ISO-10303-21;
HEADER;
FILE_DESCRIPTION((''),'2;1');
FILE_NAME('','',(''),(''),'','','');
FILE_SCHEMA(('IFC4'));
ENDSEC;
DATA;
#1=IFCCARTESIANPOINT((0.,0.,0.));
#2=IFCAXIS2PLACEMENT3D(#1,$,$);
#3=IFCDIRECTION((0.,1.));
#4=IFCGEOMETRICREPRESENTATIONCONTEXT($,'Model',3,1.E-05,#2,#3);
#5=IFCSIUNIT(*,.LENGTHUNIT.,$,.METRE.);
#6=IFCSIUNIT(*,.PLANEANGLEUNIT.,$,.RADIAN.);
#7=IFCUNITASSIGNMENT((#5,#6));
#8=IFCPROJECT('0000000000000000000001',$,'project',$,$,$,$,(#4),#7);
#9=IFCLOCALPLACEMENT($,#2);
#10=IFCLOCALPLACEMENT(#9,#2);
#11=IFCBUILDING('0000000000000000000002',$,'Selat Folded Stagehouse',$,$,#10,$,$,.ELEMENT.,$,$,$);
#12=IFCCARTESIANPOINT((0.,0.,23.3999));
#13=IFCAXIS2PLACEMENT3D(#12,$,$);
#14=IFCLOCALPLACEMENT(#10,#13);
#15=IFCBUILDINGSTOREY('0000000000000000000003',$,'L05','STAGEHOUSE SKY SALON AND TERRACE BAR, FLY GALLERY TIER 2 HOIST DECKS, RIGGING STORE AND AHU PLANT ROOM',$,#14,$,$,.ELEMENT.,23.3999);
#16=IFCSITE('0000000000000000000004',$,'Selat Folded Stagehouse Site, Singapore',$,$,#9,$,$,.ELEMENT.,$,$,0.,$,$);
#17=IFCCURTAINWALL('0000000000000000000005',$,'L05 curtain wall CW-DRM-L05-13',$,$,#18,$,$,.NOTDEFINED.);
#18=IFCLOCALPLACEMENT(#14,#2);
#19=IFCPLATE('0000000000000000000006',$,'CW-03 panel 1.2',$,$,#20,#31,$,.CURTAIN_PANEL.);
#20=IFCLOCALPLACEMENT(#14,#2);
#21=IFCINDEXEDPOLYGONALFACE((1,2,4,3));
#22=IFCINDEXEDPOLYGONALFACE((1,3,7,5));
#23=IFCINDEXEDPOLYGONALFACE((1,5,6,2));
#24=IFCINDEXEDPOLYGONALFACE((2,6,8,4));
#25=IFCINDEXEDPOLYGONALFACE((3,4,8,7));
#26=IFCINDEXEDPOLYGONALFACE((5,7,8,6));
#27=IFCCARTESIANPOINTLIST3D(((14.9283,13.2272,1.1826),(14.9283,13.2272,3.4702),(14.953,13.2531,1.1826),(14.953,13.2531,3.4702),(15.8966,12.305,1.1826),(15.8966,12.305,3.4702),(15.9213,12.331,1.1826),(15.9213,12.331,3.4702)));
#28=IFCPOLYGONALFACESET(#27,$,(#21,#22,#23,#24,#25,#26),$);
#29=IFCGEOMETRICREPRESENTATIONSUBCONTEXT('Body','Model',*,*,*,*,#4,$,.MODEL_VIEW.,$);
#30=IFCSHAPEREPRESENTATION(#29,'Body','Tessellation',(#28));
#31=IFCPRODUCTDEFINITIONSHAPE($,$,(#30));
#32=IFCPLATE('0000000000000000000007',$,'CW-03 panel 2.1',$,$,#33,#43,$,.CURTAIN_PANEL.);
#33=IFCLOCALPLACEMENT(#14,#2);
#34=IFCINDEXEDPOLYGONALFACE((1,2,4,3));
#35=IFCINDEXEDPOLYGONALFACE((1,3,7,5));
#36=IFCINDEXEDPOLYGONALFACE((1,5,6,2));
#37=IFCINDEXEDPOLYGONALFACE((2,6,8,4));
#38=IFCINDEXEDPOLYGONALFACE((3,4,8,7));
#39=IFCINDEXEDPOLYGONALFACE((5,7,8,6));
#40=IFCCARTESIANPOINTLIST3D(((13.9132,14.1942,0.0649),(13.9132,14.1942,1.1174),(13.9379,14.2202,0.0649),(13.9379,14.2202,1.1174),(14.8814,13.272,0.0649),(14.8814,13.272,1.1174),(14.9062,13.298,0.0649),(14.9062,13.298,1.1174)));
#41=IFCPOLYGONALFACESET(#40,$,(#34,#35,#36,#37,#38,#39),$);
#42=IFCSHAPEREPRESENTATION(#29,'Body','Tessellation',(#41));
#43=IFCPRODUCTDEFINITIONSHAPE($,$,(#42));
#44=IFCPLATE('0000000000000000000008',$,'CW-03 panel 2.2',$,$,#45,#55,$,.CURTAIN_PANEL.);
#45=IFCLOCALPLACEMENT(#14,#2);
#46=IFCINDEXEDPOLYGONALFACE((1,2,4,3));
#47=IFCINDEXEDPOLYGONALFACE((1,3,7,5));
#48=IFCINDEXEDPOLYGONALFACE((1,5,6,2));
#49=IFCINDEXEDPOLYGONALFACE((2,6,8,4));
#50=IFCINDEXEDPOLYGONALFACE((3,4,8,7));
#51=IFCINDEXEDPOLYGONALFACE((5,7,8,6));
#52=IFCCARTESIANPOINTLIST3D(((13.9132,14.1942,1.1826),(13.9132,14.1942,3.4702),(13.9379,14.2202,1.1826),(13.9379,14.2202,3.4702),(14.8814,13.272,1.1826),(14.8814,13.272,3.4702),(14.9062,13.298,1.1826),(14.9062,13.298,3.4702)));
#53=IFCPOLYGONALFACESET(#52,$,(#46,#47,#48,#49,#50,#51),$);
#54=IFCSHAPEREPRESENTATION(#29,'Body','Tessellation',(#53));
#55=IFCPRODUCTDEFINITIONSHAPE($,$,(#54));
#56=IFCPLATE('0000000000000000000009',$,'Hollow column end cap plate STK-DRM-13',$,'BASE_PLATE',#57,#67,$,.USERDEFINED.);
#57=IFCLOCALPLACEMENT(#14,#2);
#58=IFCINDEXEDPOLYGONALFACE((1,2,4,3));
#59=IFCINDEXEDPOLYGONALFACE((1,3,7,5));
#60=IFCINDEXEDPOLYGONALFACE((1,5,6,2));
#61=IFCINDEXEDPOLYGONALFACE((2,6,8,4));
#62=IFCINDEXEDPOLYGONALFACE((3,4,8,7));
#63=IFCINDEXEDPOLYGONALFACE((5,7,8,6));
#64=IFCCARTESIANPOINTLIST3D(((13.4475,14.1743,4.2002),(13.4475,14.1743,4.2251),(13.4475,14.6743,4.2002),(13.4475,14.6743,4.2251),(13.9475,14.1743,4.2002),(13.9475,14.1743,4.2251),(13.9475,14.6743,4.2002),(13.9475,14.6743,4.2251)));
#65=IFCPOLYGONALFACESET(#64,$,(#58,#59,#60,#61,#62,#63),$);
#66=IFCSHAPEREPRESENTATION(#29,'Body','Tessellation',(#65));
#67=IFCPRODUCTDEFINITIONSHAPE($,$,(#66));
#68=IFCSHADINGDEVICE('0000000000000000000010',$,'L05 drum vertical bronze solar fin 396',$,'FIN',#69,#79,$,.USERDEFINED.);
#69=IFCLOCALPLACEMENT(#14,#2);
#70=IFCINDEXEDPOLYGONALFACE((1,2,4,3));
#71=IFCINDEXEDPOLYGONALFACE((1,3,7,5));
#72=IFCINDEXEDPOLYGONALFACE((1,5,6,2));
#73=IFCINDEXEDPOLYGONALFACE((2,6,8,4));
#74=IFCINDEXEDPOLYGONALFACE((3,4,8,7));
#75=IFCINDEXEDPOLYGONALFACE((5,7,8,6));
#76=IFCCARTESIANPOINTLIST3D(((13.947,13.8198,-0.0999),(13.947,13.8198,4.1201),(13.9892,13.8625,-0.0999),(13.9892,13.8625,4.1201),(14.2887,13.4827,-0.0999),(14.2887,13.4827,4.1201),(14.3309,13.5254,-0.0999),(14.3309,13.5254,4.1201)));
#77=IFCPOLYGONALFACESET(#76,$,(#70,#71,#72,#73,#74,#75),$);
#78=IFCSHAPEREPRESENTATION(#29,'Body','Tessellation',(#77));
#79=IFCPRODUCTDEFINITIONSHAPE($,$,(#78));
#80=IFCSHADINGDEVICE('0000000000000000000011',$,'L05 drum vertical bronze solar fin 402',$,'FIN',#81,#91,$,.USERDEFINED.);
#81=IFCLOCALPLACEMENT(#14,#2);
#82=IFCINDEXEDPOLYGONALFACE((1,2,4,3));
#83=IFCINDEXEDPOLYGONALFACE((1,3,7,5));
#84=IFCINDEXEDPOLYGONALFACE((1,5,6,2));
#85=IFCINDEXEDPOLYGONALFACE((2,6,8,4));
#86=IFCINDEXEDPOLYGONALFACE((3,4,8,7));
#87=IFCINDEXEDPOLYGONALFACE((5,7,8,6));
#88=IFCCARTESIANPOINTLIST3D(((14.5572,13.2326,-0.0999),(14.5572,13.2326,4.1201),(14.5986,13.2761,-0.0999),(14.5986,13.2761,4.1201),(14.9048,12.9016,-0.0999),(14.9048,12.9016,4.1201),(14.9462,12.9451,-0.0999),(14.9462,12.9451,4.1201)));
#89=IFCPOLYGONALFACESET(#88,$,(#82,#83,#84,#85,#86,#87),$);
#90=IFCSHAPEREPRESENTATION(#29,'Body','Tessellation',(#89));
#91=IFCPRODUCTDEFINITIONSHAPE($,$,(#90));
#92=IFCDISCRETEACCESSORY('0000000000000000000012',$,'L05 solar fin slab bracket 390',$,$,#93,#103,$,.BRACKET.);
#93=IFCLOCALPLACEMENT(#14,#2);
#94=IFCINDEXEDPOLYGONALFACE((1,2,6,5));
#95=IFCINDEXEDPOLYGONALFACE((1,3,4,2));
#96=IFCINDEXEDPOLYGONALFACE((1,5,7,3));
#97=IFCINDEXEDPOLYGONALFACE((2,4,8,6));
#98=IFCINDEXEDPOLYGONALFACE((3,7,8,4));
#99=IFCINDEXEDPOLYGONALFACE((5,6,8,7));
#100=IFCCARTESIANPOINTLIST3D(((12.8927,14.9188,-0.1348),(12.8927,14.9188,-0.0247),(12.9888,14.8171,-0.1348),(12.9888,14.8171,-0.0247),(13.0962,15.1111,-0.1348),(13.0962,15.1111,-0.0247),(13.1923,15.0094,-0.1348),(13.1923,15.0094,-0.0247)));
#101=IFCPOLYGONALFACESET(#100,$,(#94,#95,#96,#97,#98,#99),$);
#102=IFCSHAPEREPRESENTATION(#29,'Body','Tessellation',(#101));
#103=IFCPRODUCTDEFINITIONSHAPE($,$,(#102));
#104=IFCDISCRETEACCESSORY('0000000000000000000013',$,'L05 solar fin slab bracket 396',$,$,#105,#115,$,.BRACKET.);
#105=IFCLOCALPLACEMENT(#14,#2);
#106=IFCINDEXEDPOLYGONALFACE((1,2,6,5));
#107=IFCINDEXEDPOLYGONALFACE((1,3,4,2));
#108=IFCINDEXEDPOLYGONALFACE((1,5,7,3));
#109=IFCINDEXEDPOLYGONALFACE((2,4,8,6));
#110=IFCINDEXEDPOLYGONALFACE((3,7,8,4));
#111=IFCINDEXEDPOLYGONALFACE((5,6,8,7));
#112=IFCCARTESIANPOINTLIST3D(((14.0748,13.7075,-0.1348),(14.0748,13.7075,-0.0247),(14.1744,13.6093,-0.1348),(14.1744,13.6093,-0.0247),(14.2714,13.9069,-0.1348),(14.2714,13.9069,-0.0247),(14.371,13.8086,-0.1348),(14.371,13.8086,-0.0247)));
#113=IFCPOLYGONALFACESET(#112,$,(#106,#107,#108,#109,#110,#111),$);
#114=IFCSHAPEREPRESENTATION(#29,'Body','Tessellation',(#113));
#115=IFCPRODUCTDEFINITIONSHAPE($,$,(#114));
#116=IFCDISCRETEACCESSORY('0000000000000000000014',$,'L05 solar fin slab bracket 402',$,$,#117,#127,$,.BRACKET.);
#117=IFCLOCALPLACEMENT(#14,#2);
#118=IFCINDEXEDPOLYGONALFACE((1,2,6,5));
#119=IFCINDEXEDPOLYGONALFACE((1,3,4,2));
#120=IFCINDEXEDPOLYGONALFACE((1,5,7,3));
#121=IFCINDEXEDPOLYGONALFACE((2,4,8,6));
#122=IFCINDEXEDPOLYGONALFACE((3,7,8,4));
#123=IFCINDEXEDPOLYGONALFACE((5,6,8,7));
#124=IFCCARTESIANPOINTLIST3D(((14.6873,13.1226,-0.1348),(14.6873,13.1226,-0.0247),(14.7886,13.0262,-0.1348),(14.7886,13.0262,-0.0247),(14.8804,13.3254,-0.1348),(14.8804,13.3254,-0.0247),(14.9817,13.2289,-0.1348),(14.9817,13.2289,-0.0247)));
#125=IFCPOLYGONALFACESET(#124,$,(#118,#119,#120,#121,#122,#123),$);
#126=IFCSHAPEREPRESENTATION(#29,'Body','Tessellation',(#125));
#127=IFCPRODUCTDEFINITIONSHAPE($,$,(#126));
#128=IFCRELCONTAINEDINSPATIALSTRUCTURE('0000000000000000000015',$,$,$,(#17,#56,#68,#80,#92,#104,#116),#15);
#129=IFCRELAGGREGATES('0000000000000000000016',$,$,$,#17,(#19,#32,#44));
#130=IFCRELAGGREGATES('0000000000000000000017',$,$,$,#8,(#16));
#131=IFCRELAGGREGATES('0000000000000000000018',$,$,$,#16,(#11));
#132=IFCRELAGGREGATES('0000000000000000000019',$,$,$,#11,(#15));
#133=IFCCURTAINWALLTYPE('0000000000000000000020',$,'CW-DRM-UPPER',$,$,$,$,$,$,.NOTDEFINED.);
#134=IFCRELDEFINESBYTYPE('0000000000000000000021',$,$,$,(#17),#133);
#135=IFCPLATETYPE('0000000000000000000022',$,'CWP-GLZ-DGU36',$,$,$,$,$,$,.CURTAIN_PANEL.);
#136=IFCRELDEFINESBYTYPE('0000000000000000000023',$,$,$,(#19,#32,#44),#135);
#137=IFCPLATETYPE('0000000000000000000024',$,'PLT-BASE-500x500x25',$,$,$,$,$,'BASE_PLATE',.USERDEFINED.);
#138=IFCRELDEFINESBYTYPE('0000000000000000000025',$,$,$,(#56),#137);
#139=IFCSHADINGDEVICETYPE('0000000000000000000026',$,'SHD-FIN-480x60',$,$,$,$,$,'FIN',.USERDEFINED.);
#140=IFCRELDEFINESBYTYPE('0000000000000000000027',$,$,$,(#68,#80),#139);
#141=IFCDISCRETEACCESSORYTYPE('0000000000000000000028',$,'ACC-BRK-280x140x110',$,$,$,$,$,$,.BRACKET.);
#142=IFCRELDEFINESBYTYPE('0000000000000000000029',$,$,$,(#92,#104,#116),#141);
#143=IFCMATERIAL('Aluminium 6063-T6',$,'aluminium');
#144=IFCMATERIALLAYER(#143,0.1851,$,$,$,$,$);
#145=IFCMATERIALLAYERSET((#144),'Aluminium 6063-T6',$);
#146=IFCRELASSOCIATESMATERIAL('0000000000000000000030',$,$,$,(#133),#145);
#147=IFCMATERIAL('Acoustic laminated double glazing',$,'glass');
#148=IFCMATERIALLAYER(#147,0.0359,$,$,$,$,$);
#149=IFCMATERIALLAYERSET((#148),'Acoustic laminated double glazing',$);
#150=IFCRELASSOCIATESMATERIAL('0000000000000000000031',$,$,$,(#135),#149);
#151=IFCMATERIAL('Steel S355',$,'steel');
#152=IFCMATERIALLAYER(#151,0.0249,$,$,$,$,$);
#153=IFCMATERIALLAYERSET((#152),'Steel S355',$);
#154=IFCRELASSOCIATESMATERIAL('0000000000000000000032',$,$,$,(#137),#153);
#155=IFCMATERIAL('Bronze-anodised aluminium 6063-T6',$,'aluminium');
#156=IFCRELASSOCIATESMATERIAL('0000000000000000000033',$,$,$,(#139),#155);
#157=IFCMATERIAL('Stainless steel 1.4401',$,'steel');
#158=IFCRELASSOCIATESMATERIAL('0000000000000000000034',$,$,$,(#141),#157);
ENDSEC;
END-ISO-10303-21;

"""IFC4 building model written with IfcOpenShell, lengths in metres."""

from ifc_helpers import new_model, si_unit, direction, frame, origin, origin_2d, place, context, subcontext, project, spatial, rectangle, extrude, material, layer, layer_set, material_profile, profile_set, type_object, element, aggregate, save


model = new_model("IFC4")

# Units and contexts
model_context = context("Model", 3, precision=1e-05, world=origin(), true_north=direction((0.0, 1.0)))
body_context = subcontext(model_context, "Body", "Model", "MODEL_VIEW")
ifc_project = project(units=[si_unit("LENGTHUNIT", "METRE"), si_unit("PLANEANGLEUNIT", "RADIAN")], contexts=[model_context])

# Site, building, storey
site_placement = place(None, origin())
site = spatial("IfcSite", under=ifc_project, at=site_placement, Name="Selat Folded Stagehouse Site, Singapore", CompositionType="ELEMENT", RefElevation=0.0)
building_placement = place(site_placement, origin())
building = spatial("IfcBuilding", under=site, at=building_placement, Name="Selat Folded Stagehouse", CompositionType="ELEMENT")
storey_placement = place(building_placement, frame((0.0, 0.0, 23.3999)))
storey = spatial("IfcBuildingStorey", under=building, at=storey_placement, Name="L05", Description="STAGEHOUSE SKY SALON AND TERRACE BAR, FLY GALLERY TIER 2 HOIST DECKS, RIGGING STORE AND AHU PLANT ROOM", CompositionType="ELEMENT", Elevation=23.3999)

# Shared definitions
ifc_material_1 = material(Name="Steel S355", Category="steel")

# Shared definitions
ifc_material_2 = material(Name="Aluminium 6063-T6", Category="aluminium")
ifc_layer_1 = layer(ifc_material_2, 0.1851)
ifc_layer_set_1 = layer_set([ifc_layer_1], Name="Aluminium 6063-T6")
curtain_wall_type = type_object("IfcCurtainWallType", Name="CW-DRM-UPPER", PredefinedType="NOTDEFINED", material=ifc_layer_set_1)

# Curtain wall
curtain_wall_1_placement = place(storey_placement, origin())
curtain_wall_1 = element("IfcCurtainWall", 1, at=curtain_wall_1_placement, inside=storey, type_object=curtain_wall_type, Name="L05 curtain wall CW-DRM-L05-13", PredefinedType="NOTDEFINED")

# Plates
ifc_material_3 = material(Name="Acoustic laminated double glazing", Category="glass")
ifc_layer_2 = layer(ifc_material_3, 0.0359)
ifc_layer_set_2 = layer_set([ifc_layer_2], Name="Acoustic laminated double glazing")
plate_type_1 = type_object("IfcPlateType", Name="CWP-GLZ-DGU36", PredefinedType="CURTAIN_PANEL", material=ifc_layer_set_2)
plate_1_placement = place(storey_placement, frame((15.4248, 12.7791, 1.1826), z_axis=(0.0, 0.0, 1.0), x_axis=(-0.724132, 0.689661, 0.0)))
plate_1 = element("IfcPlate", 2, at=plate_1_placement, type_object=plate_type_1, Name="CW-03 panel 1.2", PredefinedType="CURTAIN_PANEL", context=body_context, shape_type="SweptSolid", body=[
    extrude(rectangle(XDim=1.3372, YDim=0.0359, at=origin_2d()), origin(), (0.0, 0.0, 1.0), 2.2876),
])
plate_2_placement = place(storey_placement, frame((14.4097, 13.7461, 0.0649), z_axis=(0.0, 0.0, 1.0), x_axis=(-0.724132, 0.689661, 0.0)))
plate_2 = element("IfcPlate", 3, at=plate_2_placement, type_object=plate_type_1, Name="CW-03 panel 2.1", PredefinedType="CURTAIN_PANEL", context=body_context, shape_type="SweptSolid", body=[
    extrude(rectangle(XDim=1.3372, YDim=0.0359, at=origin_2d()), origin(), (0.0, 0.0, 1.0), 1.0525),
])
plate_3_placement = place(storey_placement, frame((14.4097, 13.7461, 1.1826), z_axis=(0.0, 0.0, 1.0), x_axis=(-0.724132, 0.689661, 0.0)))
plate_3 = element("IfcPlate", 4, at=plate_3_placement, type_object=plate_type_1, Name="CW-03 panel 2.2", PredefinedType="CURTAIN_PANEL", context=body_context, shape_type="SweptSolid", body=[
    extrude(rectangle(XDim=1.3372, YDim=0.0359, at=origin_2d()), origin(), (0.0, 0.0, 1.0), 2.2876),
])
aggregate(curtain_wall_1, [plate_1, plate_2, plate_3])
ifc_layer_3 = layer(ifc_material_1, 0.0249)
ifc_layer_set_3 = layer_set([ifc_layer_3], Name="Steel S355")
plate_type_2 = type_object("IfcPlateType", Name="PLT-BASE-500x500x25", ElementType="BASE_PLATE", PredefinedType="USERDEFINED", material=ifc_layer_set_3)
plate_4_placement = place(storey_placement, frame((13.6975, 14.4243, 4.2002), z_axis=(0.0, 0.0, 1.0), x_axis=(1.0, 0.0, 0.0)))
element("IfcPlate", 5, at=plate_4_placement, inside=storey, type_object=plate_type_2, Name="Hollow column end cap plate STK-DRM-13", ObjectType="BASE_PLATE", PredefinedType="USERDEFINED", context=body_context, shape_type="SweptSolid", body=[
    extrude(rectangle(XDim=0.5, YDim=0.5, at=origin_2d()), origin(), (0.0, 0.0, 1.0), 0.0249),
])

# Shading devices
ifc_material_4 = material(Name="Bronze-anodised aluminium 6063-T6", Category="aluminium")
ifc_material_profile_1 = material_profile(ifc_material_4, rectangle(XDim=0.0601, YDim=0.48, at=origin_2d()), Name="SOLAR-FIN 480x60")
ifc_profile_set_1 = profile_set([ifc_material_profile_1], Name="Bronze-anodised aluminium 6063-T6")
shading_device_type = type_object("IfcShadingDeviceType", Name="SHD-FIN-480x60", ElementType="FIN", PredefinedType="USERDEFINED", material=ifc_profile_set_1)
for number, where, z_axis, x_axis, name in (
    (6, (14.1389, 13.6726, -0.0999), (0.0, 0.0, 1.0), (-0.702277, -0.711903, 0.0), "L05 drum vertical bronze solar fin 396"),
    (7, (14.7517, 13.0889, -0.0999), (0.0, 0.0, 1.0), (-0.68962, -0.724172, 0.0), "L05 drum vertical bronze solar fin 402"),
):
    element("IfcShadingDevice", number, at=place(storey_placement, frame(where, z_axis=z_axis, x_axis=x_axis)), inside=storey, type_object=shading_device_type, Name=name, ObjectType="FIN", PredefinedType="USERDEFINED", context=body_context, shape_type="SweptSolid", body=[
        extrude(rectangle(XDim=0.0601, YDim=0.48, at=origin_2d()), origin(), (0.0, 0.0, 1.0), 4.22),
    ])

# Discrete accessories
ifc_material_5 = material(Name="Stainless steel 1.4401", Category="steel")
discrete_accessory_type = type_object("IfcDiscreteAccessoryType", Name="ACC-BRK-280x140x110", PredefinedType="BRACKET", material=ifc_material_5)
for number, where, z_axis, x_axis, name in (
    (8, (13.0425, 14.9641, -0.1348), (0.0, 0.0, 1.0), (-0.726814, -0.686834, 0.0), "L05 solar fin slab bracket 390"),
    (9, (14.2229, 13.7581, -0.1348), (0.0, 0.0, 1.0), (-0.702277, -0.711903, 0.0), "L05 solar fin slab bracket 396"),
    (10, (14.8345, 13.1758, -0.1348), (0.0, 0.0, 1.0), (-0.68962, -0.724172, 0.0), "L05 solar fin slab bracket 402"),
):
    element("IfcDiscreteAccessory", number, at=place(storey_placement, frame(where, z_axis=z_axis, x_axis=x_axis)), inside=storey, type_object=discrete_accessory_type, Name=name, PredefinedType="BRACKET", context=body_context, shape_type="SweptSolid", body=[
        extrude(rectangle(XDim=0.28, YDim=0.1399, at=origin_2d()), origin(), (0.0, 0.0, 1.0), 0.1101),
    ])

save(model, "model.ifc")
